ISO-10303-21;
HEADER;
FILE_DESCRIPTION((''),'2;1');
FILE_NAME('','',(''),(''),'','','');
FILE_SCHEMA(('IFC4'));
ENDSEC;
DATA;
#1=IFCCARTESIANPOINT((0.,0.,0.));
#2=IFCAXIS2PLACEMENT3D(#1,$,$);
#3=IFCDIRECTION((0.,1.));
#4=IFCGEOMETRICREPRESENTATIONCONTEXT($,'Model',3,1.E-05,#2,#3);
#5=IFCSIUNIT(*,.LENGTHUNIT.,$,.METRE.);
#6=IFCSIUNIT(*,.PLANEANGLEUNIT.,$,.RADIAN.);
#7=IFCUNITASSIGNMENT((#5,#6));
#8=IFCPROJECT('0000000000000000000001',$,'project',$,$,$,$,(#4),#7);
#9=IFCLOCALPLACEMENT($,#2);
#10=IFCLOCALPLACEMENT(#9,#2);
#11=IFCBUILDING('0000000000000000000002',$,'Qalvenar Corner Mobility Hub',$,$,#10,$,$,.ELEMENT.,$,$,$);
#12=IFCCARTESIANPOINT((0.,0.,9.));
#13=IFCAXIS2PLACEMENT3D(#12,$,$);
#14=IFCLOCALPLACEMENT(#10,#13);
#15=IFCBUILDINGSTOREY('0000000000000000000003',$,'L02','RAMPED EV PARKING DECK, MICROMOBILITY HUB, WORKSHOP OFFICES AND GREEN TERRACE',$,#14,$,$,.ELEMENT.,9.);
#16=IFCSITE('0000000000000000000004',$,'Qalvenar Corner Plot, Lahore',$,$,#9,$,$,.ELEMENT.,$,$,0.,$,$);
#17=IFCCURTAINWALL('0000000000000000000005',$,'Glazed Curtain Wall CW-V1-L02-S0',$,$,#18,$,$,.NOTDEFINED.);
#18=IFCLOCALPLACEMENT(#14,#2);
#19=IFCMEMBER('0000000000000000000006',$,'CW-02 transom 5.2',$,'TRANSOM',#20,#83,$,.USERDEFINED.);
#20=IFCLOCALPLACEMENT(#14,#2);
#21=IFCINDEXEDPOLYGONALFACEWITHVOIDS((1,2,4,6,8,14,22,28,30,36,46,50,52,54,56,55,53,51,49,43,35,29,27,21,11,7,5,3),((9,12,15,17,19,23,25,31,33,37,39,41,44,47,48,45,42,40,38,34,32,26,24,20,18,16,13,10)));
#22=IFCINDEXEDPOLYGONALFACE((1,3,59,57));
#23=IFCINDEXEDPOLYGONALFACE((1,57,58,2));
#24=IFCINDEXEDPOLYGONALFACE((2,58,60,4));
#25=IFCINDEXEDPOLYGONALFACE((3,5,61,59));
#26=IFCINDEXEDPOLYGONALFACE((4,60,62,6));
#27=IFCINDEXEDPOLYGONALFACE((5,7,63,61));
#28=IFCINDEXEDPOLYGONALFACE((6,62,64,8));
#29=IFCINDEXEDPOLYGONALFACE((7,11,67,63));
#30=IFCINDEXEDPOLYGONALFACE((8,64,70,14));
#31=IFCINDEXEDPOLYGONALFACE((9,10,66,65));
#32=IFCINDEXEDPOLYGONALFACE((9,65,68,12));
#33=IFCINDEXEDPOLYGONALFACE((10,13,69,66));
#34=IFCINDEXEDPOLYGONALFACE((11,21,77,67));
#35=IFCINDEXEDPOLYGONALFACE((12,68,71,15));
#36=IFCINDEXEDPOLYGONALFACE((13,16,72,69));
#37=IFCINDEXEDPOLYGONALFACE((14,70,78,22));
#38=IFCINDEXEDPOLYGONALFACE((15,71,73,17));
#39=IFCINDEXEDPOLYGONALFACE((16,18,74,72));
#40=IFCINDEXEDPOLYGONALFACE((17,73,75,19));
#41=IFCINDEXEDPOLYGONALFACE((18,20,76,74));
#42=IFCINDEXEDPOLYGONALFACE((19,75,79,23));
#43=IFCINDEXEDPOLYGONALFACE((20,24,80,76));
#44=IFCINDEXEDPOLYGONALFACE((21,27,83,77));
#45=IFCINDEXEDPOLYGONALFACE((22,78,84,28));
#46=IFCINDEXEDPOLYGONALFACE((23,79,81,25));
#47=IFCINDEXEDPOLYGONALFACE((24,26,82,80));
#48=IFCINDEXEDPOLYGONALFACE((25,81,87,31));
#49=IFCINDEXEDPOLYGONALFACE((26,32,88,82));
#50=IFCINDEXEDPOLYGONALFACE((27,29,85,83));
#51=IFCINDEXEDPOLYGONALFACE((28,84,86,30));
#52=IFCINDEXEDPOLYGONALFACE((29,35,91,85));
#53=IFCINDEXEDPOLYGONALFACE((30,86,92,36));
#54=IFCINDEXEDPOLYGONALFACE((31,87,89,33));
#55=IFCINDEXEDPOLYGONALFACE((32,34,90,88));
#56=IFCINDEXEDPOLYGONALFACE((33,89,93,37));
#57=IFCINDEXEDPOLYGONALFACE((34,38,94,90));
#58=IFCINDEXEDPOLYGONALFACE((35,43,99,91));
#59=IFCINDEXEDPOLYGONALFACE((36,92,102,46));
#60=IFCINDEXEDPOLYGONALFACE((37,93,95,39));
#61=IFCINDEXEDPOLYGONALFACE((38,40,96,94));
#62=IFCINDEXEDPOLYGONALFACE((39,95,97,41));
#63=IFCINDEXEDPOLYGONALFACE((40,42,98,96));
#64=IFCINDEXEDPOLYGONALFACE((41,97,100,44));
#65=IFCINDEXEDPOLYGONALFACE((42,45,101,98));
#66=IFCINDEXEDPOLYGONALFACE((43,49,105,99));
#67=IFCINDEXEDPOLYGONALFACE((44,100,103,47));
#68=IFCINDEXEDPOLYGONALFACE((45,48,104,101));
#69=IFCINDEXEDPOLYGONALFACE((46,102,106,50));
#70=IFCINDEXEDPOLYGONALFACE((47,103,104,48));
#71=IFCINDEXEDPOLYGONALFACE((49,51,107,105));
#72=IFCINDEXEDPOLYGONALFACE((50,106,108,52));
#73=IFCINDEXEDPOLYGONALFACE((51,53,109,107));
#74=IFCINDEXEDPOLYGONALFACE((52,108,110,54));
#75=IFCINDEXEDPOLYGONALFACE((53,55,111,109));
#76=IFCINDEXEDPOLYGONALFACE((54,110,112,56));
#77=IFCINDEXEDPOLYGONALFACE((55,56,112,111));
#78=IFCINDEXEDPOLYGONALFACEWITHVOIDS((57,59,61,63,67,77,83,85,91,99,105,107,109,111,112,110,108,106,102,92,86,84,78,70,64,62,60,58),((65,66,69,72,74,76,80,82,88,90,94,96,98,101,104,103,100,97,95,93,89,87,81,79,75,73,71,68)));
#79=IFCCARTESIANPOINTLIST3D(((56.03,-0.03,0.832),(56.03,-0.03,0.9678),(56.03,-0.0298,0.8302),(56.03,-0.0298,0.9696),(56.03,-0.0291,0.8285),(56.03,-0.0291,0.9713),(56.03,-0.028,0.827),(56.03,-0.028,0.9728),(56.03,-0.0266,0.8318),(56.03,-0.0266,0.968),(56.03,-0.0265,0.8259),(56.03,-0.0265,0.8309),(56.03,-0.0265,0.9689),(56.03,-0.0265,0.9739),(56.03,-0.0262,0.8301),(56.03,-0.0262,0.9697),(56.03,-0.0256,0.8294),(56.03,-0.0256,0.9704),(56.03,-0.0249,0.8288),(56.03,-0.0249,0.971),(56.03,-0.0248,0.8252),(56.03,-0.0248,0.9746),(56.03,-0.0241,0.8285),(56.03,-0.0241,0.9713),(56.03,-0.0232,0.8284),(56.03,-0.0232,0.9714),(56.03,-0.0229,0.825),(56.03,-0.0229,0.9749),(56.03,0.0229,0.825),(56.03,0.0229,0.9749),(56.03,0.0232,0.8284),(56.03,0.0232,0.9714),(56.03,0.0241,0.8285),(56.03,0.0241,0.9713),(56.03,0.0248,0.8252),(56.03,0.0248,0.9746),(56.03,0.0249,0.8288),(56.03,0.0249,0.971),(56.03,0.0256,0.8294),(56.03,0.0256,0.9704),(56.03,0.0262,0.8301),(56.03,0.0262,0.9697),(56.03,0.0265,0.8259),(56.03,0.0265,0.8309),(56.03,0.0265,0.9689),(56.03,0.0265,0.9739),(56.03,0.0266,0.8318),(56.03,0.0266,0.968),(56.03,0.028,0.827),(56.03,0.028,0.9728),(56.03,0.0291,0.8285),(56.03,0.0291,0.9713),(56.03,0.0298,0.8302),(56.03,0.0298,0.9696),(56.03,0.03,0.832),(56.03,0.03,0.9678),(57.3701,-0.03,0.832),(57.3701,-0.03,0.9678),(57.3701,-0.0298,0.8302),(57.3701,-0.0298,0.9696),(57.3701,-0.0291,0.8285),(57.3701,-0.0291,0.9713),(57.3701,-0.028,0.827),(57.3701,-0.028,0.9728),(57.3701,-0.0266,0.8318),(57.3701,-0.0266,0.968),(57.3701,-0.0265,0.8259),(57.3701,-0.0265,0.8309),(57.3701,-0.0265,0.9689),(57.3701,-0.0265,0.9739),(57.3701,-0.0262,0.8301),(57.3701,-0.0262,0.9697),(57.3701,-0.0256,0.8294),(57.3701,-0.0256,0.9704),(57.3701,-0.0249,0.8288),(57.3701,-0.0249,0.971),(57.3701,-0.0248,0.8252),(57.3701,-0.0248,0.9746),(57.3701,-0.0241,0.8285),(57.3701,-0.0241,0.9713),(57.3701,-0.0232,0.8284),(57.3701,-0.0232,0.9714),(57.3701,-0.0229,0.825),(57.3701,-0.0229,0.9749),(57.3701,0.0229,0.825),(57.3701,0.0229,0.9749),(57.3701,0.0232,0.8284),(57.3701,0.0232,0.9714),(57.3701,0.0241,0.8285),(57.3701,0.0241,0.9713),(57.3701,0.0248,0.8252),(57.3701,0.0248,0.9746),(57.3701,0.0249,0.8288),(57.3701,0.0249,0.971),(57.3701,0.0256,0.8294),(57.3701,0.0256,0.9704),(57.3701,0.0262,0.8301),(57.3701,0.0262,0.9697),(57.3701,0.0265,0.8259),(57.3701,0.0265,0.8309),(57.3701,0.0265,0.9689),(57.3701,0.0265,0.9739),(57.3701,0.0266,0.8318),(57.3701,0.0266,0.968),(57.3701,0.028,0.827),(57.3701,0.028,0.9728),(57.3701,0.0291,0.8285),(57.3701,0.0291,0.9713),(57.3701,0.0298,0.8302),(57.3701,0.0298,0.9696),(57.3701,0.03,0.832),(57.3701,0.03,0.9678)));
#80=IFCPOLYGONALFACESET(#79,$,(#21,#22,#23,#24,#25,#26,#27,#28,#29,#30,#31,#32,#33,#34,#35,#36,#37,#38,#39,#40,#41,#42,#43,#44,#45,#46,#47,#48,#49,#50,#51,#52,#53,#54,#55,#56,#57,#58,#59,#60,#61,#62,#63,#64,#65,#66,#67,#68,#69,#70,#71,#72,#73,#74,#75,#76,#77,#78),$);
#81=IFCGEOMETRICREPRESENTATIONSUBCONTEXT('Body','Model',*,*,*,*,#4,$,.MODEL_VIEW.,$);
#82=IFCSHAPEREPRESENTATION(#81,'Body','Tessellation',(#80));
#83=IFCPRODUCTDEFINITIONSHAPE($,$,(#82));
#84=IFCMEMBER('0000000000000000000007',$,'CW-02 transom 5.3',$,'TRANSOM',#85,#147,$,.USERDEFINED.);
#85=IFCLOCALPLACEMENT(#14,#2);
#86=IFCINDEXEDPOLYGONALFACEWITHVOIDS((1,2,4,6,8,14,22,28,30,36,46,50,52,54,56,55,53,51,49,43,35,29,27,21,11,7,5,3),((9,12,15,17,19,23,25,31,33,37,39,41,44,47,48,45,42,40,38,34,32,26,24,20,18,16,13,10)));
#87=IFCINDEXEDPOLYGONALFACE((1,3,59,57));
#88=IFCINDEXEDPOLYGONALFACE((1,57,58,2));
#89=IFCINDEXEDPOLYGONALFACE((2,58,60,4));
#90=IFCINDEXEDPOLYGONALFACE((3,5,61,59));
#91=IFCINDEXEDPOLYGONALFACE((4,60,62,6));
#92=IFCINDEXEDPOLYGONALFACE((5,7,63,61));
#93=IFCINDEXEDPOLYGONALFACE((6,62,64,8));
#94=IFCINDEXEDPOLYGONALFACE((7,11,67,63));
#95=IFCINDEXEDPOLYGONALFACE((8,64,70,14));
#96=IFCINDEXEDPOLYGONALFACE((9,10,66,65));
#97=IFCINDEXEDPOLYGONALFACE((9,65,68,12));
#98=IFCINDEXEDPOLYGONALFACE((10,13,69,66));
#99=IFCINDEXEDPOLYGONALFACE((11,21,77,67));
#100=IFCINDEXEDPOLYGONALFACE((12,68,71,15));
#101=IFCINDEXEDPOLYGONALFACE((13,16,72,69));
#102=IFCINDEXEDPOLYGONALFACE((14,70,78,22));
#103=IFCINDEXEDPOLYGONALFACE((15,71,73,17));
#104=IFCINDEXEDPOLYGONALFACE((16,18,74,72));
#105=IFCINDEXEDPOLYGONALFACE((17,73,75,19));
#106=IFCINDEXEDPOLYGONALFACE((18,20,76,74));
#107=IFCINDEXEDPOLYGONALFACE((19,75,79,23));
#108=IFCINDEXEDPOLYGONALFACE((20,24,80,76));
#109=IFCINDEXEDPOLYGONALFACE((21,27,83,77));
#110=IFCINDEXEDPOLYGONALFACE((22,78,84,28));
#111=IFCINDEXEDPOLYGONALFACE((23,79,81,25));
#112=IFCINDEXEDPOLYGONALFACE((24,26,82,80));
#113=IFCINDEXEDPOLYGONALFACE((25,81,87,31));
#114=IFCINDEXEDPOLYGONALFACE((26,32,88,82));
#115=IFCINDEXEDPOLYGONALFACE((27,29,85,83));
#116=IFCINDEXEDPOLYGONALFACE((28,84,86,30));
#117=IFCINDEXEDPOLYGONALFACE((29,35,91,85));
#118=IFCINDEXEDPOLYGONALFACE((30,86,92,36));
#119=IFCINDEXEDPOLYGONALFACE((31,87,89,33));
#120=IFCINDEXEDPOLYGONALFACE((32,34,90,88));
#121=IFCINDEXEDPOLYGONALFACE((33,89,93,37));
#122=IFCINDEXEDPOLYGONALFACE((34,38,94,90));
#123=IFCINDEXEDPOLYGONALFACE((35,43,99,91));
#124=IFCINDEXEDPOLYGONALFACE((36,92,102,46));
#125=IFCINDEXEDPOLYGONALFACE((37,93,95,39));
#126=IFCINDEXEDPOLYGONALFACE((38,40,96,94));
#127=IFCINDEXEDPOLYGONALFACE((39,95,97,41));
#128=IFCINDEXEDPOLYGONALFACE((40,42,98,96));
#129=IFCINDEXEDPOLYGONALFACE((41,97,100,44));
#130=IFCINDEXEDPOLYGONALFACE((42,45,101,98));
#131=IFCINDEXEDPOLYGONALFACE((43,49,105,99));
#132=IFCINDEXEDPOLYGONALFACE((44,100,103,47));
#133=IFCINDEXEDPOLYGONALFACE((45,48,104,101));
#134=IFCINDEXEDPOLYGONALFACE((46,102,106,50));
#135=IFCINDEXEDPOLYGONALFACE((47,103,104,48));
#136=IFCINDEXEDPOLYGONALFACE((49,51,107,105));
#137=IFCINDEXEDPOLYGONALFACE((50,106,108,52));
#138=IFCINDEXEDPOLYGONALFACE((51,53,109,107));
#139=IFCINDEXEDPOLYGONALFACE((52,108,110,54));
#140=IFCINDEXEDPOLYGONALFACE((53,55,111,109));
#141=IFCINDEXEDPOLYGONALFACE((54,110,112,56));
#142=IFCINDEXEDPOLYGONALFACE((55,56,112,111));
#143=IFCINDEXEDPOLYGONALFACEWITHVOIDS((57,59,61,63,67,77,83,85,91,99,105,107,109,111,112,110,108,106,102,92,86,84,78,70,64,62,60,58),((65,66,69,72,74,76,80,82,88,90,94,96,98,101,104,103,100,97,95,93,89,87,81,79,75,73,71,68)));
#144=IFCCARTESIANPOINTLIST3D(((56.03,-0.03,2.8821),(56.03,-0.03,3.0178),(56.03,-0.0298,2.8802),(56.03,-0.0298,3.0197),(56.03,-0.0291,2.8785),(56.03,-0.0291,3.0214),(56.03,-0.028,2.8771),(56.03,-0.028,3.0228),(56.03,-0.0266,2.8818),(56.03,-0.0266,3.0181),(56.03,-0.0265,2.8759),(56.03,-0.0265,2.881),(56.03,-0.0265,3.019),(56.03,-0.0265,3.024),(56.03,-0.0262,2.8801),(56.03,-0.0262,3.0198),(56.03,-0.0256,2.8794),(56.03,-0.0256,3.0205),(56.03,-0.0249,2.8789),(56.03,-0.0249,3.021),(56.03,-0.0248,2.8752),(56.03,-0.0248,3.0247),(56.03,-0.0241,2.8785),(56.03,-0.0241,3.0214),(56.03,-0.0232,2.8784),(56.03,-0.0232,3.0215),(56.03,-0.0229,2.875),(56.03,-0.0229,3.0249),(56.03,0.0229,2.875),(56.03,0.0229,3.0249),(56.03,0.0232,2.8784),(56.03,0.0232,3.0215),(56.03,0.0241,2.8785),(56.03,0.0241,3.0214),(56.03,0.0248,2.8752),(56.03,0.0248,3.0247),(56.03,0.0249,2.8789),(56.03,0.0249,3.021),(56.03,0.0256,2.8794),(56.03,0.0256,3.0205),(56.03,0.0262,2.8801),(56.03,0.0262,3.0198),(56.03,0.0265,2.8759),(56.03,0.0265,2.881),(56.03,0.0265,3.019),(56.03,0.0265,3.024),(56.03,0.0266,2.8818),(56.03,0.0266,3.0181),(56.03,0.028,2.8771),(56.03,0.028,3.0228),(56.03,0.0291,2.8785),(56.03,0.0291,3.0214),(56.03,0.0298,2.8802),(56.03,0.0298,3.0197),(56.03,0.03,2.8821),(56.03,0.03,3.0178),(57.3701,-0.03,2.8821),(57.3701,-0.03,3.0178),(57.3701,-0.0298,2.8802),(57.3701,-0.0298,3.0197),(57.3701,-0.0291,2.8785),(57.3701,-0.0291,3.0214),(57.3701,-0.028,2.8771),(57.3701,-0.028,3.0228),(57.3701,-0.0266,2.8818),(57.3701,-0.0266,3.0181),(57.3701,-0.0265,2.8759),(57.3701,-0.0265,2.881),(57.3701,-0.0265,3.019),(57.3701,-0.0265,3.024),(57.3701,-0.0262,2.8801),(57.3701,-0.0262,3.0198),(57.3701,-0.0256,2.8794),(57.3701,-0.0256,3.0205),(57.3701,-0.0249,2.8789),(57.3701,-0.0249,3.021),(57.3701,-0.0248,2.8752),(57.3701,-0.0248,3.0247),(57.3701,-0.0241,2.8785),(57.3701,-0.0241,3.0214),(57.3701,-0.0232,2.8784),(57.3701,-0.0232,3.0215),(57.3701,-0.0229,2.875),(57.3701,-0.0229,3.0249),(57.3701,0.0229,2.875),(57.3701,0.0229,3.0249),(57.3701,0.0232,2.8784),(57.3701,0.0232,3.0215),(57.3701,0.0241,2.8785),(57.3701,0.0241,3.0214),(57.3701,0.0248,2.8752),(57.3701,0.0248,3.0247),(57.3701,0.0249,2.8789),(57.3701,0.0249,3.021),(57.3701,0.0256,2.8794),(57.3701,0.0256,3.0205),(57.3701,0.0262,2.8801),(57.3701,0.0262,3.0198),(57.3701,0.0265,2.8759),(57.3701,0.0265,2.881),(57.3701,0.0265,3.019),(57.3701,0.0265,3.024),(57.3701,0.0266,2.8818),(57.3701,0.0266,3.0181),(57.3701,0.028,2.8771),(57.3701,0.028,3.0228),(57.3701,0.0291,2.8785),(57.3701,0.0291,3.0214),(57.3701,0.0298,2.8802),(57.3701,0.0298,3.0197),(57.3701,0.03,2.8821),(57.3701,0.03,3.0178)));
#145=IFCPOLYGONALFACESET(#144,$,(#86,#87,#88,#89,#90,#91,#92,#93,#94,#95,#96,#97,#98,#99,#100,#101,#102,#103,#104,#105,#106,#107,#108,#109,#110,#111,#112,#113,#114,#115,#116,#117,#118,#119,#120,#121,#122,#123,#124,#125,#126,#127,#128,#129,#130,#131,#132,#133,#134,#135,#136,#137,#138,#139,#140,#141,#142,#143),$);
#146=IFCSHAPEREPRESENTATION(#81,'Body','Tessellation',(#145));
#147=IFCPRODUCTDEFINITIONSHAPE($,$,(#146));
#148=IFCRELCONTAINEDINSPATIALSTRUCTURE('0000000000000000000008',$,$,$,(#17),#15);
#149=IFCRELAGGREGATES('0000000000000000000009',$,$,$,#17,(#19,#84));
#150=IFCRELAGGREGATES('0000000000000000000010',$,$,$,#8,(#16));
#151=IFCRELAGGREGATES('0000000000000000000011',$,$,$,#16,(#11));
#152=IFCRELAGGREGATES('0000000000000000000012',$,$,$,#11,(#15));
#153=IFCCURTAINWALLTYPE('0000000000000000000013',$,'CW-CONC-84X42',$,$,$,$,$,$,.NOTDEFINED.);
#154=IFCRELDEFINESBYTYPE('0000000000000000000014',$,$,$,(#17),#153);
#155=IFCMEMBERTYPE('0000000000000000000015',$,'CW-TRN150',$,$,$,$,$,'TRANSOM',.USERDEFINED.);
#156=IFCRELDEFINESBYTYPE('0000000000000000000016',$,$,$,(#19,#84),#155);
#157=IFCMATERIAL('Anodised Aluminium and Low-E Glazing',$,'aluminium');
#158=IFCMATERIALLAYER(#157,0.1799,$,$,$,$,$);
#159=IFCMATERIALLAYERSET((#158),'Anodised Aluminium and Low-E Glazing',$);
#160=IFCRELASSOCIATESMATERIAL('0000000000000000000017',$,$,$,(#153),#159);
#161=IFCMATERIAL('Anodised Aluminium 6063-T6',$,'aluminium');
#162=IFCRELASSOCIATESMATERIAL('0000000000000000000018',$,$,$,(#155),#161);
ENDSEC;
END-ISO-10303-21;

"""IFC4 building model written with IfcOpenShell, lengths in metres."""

from ifc_helpers import new_model, si_unit, direction, frame, origin, origin_2d, place, context, subcontext, project, spatial, hollow_rectangle, extrude, material, layer, layer_set, material_profile, profile_set, type_object, element, aggregate, save


model = new_model("IFC4")

# Units and contexts
model_context = context("Model", 3, precision=1e-05, world=origin(), true_north=direction((0.0, 1.0)))
body_context = subcontext(model_context, "Body", "Model", "MODEL_VIEW")
ifc_project = project(units=[si_unit("LENGTHUNIT", "METRE"), si_unit("PLANEANGLEUNIT", "RADIAN")], contexts=[model_context])

# Site, building, storey
site_placement = place(None, origin())
site = spatial("IfcSite", under=ifc_project, at=site_placement, Name="Qalvenar Corner Plot, Lahore", CompositionType="ELEMENT", RefElevation=0.0)
building_placement = place(site_placement, origin())
building = spatial("IfcBuilding", under=site, at=building_placement, Name="Qalvenar Corner Mobility Hub", CompositionType="ELEMENT")
storey_placement = place(building_placement, frame((0.0, 0.0, 9.0)))
storey = spatial("IfcBuildingStorey", under=building, at=storey_placement, Name="L02", Description="RAMPED EV PARKING DECK, MICROMOBILITY HUB, WORKSHOP OFFICES AND GREEN TERRACE", CompositionType="ELEMENT", Elevation=9.0)

# Curtain wall
ifc_material_1 = material(Name="Anodised Aluminium and Low-E Glazing", Category="aluminium")
ifc_layer_1 = layer(ifc_material_1, 0.1799)
ifc_layer_set_1 = layer_set([ifc_layer_1], Name="Anodised Aluminium and Low-E Glazing")
curtain_wall_type = type_object("IfcCurtainWallType", Name="CW-CONC-84X42", PredefinedType="NOTDEFINED", material=ifc_layer_set_1)
curtain_wall_1_placement = place(storey_placement, origin())
curtain_wall_1 = element("IfcCurtainWall", 1, at=curtain_wall_1_placement, inside=storey, type_object=curtain_wall_type, Name="Glazed Curtain Wall CW-V1-L02-S0", PredefinedType="NOTDEFINED")
ifc_material_2 = material(Name="Anodised Aluminium 6063-T6", Category="aluminium")

# Members
ifc_material_profile_1 = material_profile(ifc_material_2, hollow_rectangle(XDim=0.0601, YDim=0.1499, WallThickness=0.0034, InnerFilletRadius=0.0034, OuterFilletRadius=0.0071, at=origin_2d()), Name="RHS150x60x3.5")
ifc_profile_set_1 = profile_set([ifc_material_profile_1], Name="Anodised Aluminium 6063-T6")
member_type_1 = type_object("IfcMemberType", Name="CW-TRN150", ElementType="TRANSOM", PredefinedType="USERDEFINED", material=ifc_profile_set_1)
member_1_placement = place(storey_placement, frame((56.03, 0.0, 0.8999), z_axis=(1.0, 0.0, 0.0), x_axis=(0.0, 1.0, 0.0)))
member_1 = element("IfcMember", 2, at=member_1_placement, type_object=member_type_1, Name="CW-02 transom 5.2", ObjectType="TRANSOM", PredefinedType="USERDEFINED", context=body_context, shape_type="SweptSolid", body=[
    extrude(hollow_rectangle(XDim=0.0601, YDim=0.1499, WallThickness=0.0034, InnerFilletRadius=0.0034, OuterFilletRadius=0.0071, at=origin_2d()), origin(), (0.0, 0.0, 1.0), 1.3401),
])
member_2_placement = place(storey_placement, frame((56.03, 0.0, 2.95), z_axis=(1.0, 0.0, 0.0), x_axis=(0.0, 1.0, 0.0)))
member_2 = element("IfcMember", 3, at=member_2_placement, type_object=member_type_1, Name="CW-02 transom 5.3", ObjectType="TRANSOM", PredefinedType="USERDEFINED", context=body_context, shape_type="SweptSolid", body=[
    extrude(hollow_rectangle(XDim=0.0601, YDim=0.1499, WallThickness=0.0034, InnerFilletRadius=0.0034, OuterFilletRadius=0.0071, at=origin_2d()), origin(), (0.0, 0.0, 1.0), 1.3401),
])

aggregate(curtain_wall_1, [member_1, member_2])

save(model, "model.ifc")
